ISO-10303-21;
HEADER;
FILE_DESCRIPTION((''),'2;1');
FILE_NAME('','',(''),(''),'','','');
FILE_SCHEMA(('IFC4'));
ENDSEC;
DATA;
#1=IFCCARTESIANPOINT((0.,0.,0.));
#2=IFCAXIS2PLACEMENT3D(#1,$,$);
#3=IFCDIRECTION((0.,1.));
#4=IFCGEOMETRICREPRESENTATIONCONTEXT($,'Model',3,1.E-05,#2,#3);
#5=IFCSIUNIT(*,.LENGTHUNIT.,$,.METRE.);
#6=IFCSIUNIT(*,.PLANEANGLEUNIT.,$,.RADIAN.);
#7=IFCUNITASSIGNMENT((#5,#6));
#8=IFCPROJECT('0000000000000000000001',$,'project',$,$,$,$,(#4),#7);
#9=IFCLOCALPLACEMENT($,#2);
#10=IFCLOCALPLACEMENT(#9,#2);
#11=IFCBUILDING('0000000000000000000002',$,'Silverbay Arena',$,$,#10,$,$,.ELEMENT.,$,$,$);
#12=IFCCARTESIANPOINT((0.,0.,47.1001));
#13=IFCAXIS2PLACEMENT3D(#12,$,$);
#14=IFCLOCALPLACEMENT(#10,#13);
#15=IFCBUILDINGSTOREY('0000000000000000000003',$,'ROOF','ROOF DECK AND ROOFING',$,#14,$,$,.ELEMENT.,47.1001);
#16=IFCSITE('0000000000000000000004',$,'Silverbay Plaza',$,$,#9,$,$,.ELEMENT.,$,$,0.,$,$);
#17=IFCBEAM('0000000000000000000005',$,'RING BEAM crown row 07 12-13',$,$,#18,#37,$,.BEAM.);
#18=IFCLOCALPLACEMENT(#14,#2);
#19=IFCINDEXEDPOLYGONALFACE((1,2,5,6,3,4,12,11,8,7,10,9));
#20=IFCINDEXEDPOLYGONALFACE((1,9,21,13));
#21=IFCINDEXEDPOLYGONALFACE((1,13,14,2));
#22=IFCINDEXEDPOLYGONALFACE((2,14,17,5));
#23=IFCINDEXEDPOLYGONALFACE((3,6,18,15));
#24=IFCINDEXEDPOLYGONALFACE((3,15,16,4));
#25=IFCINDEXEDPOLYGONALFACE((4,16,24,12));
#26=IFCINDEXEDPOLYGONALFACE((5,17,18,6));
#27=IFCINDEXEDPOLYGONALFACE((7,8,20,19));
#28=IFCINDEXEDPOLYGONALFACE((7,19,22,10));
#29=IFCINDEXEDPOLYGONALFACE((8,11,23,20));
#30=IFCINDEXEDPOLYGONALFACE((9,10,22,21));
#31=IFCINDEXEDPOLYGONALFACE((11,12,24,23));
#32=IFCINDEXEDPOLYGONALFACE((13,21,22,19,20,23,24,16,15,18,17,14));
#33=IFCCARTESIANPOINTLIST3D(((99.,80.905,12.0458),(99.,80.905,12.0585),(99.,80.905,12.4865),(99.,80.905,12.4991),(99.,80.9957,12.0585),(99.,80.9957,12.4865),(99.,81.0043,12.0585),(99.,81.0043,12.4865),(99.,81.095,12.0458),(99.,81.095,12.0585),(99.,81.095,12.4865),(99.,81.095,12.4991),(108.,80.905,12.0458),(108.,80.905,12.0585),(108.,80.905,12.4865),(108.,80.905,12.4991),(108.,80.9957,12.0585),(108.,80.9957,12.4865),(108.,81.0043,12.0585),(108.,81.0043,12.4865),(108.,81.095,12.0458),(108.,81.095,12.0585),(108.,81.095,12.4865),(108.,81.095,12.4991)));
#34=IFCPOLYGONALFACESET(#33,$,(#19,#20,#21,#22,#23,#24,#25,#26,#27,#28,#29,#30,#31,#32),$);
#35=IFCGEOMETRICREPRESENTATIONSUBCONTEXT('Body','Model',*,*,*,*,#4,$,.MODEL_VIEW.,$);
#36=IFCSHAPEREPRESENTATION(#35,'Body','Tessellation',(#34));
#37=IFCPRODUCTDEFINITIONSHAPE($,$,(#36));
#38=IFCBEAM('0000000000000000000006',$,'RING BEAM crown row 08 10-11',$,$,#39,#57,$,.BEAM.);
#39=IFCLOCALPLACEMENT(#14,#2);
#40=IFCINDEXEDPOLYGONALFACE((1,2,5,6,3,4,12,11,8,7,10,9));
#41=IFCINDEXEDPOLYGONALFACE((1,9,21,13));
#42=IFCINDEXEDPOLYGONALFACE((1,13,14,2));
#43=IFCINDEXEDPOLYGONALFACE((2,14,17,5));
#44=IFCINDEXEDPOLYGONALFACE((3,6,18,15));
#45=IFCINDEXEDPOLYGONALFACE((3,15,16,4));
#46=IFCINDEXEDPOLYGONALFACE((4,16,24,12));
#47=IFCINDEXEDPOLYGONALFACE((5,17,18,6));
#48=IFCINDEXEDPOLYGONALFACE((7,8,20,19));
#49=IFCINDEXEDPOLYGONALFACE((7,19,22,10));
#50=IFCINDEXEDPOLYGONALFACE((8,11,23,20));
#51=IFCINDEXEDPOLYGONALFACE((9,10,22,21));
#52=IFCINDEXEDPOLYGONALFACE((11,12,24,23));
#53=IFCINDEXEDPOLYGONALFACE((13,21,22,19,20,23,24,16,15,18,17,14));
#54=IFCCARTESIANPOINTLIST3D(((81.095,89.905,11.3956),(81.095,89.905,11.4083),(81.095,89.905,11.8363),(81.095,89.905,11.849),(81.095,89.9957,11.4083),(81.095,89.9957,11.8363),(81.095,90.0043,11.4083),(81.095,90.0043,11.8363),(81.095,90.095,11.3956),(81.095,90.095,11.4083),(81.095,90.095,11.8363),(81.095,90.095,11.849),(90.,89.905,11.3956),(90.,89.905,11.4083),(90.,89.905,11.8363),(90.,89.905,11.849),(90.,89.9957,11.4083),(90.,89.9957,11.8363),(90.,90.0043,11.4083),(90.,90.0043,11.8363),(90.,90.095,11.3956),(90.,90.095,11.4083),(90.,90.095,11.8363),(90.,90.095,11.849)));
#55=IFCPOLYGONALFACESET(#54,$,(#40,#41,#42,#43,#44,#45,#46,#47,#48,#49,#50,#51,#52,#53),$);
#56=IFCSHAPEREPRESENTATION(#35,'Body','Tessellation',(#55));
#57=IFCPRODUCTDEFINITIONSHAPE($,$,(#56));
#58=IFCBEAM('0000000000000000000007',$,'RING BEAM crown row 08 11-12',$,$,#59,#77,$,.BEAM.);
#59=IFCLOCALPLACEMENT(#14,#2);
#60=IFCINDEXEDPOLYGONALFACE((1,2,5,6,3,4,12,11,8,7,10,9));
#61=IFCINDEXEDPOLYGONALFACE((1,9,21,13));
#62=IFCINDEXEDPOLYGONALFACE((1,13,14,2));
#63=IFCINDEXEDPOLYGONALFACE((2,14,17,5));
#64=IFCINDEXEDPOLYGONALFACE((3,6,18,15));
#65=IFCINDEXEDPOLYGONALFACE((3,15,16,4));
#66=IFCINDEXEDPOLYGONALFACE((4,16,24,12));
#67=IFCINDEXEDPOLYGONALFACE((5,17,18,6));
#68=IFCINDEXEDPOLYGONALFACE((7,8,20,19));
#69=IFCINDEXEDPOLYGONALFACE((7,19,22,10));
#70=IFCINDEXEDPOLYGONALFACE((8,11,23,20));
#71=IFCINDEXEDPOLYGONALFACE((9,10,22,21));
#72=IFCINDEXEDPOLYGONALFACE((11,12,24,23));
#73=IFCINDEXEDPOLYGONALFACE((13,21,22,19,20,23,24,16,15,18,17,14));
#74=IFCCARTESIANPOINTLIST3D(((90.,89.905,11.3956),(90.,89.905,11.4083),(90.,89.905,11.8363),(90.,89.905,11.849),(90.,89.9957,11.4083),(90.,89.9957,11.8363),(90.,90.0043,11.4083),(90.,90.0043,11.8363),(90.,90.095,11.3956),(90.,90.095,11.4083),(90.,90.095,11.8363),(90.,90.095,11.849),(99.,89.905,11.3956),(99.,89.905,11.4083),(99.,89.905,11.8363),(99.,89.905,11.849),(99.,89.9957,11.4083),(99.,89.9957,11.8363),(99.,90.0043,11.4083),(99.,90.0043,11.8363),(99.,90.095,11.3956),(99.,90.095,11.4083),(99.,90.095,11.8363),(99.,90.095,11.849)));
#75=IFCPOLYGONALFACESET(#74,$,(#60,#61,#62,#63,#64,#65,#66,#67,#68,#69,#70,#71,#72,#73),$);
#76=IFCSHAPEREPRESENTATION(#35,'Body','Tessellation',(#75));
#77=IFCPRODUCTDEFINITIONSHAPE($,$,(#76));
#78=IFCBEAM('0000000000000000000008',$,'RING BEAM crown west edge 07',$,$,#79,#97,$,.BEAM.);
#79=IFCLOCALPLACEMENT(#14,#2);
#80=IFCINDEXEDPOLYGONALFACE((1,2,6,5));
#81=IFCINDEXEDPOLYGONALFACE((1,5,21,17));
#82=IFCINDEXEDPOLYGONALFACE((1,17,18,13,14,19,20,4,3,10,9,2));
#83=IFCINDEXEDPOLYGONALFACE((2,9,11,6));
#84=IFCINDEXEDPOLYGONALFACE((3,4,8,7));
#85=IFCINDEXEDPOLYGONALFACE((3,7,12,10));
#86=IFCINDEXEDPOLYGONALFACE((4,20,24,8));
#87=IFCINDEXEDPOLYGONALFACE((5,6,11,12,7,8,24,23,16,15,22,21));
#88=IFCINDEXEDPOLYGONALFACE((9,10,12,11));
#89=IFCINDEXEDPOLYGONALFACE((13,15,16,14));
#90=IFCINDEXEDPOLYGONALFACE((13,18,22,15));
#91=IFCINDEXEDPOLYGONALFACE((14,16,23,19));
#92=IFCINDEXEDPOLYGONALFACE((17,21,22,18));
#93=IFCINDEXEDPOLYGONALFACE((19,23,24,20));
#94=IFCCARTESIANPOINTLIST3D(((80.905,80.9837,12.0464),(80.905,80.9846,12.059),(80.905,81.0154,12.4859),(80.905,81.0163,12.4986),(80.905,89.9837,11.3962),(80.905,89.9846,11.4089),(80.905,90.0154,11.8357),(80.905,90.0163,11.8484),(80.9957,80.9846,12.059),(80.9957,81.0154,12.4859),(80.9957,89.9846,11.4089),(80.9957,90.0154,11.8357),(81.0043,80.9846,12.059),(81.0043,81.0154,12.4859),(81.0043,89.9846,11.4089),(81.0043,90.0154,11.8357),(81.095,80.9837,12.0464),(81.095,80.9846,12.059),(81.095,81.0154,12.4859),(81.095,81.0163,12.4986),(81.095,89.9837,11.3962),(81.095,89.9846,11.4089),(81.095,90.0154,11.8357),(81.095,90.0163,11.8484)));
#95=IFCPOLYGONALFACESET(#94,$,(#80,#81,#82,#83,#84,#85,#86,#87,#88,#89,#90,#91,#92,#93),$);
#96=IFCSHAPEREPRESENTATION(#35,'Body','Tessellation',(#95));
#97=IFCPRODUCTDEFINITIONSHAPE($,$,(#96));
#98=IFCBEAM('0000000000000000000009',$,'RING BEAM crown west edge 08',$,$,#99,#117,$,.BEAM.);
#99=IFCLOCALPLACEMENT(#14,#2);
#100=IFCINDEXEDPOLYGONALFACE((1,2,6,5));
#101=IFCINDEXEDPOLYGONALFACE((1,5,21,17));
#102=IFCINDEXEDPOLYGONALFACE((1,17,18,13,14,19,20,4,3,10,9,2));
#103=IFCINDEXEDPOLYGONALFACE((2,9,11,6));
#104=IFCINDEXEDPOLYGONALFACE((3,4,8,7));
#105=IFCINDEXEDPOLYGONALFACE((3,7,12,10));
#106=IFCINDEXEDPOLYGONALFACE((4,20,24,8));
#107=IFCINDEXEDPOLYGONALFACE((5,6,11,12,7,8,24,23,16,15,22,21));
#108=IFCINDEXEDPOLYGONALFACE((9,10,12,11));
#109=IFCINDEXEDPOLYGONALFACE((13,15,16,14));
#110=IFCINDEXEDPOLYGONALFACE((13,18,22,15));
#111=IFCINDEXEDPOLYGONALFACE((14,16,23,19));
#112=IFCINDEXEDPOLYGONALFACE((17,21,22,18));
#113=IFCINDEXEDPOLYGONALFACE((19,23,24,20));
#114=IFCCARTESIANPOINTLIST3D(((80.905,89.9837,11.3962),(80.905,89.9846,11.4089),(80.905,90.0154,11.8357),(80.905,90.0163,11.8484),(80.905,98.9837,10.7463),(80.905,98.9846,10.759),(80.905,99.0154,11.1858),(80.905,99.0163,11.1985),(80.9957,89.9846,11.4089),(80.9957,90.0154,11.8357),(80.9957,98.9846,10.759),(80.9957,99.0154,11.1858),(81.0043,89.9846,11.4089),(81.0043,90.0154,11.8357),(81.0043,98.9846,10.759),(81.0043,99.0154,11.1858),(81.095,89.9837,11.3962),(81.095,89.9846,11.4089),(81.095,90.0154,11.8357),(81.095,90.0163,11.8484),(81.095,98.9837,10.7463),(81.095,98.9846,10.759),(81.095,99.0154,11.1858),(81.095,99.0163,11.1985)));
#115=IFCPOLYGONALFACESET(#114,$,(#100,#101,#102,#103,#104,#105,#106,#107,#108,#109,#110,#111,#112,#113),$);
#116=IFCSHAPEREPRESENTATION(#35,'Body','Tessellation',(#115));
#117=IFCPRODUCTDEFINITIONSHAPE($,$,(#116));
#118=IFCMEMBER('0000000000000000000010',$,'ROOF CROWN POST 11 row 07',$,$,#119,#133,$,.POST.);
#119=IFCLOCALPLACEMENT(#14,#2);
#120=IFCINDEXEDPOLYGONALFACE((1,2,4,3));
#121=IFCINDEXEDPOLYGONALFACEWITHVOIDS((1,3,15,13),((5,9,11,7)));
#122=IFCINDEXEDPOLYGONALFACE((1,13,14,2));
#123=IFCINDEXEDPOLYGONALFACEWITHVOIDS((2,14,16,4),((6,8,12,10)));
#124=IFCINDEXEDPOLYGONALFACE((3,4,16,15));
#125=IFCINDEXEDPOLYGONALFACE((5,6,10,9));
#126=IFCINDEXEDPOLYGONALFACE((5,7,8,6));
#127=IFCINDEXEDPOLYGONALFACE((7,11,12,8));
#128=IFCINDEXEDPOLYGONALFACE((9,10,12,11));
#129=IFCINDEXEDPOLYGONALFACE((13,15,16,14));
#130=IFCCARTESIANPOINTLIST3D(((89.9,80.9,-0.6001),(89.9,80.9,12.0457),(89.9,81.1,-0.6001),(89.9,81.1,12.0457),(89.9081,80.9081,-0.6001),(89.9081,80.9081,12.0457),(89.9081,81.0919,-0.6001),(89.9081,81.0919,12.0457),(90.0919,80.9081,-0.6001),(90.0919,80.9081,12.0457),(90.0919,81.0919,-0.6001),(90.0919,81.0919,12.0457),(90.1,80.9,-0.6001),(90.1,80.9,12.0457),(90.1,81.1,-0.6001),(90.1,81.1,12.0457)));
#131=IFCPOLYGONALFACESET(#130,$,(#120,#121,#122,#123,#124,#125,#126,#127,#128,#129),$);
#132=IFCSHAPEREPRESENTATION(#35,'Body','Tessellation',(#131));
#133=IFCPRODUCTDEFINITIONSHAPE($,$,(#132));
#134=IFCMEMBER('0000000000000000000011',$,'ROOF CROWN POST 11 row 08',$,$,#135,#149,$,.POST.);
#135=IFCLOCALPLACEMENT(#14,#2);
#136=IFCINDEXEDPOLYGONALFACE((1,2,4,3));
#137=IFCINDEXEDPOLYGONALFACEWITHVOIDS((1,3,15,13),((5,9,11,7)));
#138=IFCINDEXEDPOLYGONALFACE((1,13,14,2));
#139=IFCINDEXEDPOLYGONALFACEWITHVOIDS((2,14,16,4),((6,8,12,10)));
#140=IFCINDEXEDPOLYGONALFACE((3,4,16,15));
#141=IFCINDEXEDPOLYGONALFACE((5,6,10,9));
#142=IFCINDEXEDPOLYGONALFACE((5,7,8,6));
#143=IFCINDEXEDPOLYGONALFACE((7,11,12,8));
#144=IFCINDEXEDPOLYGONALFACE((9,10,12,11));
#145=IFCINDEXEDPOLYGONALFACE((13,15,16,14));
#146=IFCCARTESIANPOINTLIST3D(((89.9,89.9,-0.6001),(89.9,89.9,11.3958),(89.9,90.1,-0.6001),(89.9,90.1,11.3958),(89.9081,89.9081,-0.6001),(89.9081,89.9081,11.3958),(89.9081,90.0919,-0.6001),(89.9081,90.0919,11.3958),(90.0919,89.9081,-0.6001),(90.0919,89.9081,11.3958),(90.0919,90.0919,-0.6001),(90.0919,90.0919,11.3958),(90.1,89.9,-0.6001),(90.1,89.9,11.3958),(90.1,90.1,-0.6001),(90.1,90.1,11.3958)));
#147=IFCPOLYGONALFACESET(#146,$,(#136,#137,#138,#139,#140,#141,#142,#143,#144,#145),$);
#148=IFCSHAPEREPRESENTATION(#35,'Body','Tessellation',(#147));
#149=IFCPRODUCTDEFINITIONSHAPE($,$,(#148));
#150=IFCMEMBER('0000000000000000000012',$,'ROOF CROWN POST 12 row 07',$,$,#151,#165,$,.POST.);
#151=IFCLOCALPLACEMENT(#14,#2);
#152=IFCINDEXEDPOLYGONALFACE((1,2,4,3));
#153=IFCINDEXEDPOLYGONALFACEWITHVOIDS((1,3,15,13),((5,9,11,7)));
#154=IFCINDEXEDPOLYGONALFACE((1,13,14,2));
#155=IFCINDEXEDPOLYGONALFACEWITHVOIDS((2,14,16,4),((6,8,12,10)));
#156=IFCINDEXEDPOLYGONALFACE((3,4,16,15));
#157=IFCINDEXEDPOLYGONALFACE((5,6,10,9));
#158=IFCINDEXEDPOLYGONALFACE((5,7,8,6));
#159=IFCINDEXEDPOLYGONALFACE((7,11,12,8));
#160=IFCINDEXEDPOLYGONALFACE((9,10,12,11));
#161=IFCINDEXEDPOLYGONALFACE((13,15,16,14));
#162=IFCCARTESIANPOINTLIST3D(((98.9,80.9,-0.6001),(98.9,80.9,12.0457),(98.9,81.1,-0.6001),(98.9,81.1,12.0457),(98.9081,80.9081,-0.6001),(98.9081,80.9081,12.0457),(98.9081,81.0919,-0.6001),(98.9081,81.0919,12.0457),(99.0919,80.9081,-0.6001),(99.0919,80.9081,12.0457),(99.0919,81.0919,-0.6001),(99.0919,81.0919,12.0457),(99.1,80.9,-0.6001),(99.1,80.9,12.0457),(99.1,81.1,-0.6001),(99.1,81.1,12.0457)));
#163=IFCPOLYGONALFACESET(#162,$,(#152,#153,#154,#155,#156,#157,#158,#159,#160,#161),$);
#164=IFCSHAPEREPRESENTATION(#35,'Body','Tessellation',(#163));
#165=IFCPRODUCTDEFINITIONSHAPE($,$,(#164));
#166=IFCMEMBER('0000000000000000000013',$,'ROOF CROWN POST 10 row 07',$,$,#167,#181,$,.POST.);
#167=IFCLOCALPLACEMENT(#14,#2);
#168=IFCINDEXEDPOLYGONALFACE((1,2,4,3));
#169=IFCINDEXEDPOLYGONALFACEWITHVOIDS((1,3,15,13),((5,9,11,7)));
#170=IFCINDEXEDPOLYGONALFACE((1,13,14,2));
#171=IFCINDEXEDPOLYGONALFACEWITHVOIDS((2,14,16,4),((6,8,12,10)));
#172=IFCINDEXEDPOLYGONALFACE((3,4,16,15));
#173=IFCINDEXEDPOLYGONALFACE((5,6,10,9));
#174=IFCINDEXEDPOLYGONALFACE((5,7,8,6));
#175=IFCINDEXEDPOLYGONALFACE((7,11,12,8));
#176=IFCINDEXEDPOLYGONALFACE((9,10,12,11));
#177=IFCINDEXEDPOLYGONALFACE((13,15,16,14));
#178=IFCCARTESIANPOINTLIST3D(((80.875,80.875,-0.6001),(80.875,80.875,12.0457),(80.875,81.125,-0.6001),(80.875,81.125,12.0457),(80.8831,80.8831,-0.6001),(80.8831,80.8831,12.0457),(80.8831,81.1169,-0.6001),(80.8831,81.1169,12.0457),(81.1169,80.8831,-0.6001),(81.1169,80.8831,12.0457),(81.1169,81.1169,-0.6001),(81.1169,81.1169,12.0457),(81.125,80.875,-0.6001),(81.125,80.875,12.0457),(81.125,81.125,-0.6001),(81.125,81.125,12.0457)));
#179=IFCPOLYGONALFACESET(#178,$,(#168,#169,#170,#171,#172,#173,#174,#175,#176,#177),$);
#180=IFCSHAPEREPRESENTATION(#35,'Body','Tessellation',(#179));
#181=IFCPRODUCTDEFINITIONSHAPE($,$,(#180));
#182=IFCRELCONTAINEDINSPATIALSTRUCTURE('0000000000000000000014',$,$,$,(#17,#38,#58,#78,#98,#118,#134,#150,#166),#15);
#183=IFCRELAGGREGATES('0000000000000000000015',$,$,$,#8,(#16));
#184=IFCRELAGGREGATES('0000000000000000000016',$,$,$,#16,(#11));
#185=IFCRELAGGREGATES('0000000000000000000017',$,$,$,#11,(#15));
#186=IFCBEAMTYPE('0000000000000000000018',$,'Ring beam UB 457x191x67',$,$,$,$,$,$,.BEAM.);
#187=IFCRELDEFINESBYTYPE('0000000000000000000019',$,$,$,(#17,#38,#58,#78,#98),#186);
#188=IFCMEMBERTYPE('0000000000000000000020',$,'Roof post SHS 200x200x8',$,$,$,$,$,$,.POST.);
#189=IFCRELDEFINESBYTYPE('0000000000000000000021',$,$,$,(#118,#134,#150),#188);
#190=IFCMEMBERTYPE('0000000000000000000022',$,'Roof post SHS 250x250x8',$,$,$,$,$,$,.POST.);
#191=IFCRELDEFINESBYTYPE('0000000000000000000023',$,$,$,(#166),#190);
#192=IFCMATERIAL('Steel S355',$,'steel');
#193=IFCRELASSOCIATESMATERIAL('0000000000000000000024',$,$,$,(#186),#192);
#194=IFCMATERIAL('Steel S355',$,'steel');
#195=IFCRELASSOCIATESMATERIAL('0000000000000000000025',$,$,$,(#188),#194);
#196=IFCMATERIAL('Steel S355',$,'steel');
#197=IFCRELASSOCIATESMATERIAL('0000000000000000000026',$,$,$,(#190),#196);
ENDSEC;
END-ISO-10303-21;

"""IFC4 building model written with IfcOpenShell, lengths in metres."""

from ifc_helpers import new_model, si_unit, direction, frame, origin, origin_2d, place, context, subcontext, project, spatial, hollow_rectangle, i_section, extrude, material, material_profile, profile_set, type_object, element, save


model = new_model("IFC4")

# Units and contexts
model_context = context("Model", 3, precision=1e-05, world=origin(), true_north=direction((0.0, 1.0)))
body_context = subcontext(model_context, "Body", "Model", "MODEL_VIEW")
ifc_project = project(units=[si_unit("LENGTHUNIT", "METRE"), si_unit("PLANEANGLEUNIT", "RADIAN")], contexts=[model_context])

# Site, building, storey
site_placement = place(None, origin())
site = spatial("IfcSite", under=ifc_project, at=site_placement, Name="Silverbay Plaza", CompositionType="ELEMENT", RefElevation=0.0)
building_placement = place(site_placement, origin())
building = spatial("IfcBuilding", under=site, at=building_placement, Name="Silverbay Arena", CompositionType="ELEMENT")
storey_placement = place(building_placement, frame((0.0, 0.0, 47.1001)))
storey = spatial("IfcBuildingStorey", under=building, at=storey_placement, Name="ROOF", Description="ROOF DECK AND ROOFING", CompositionType="ELEMENT", Elevation=47.1001)

# Beams
ifc_material_1 = material(Name="Steel S355", Category="steel")
ifc_material_profile_1 = material_profile(ifc_material_1, i_section(OverallWidth=0.1899, OverallDepth=0.4534, WebThickness=0.0085, FlangeThickness=0.0127, at=origin_2d()), Name="UB 457x191x67")
ifc_profile_set_1 = profile_set([ifc_material_profile_1], Name="Steel S355")
beam_type = type_object("IfcBeamType", Name="Ring beam UB 457x191x67", PredefinedType="BEAM", material=ifc_profile_set_1)
for number, where, z_axis, x_axis, name in (
    (1, (99.0, 81.0, 12.2725), (1.0, 0.0, 0.0), (0.0, 1.0, 0.0), "RING BEAM crown row 07 12-13"),
):
    element("IfcBeam", number, at=place(storey_placement, frame(where, z_axis=z_axis, x_axis=x_axis)), inside=storey, type_object=beam_type, Name=name, PredefinedType="BEAM", context=body_context, shape_type="SweptSolid", body=[
        extrude(i_section(OverallWidth=0.1899, OverallDepth=0.4534, WebThickness=0.0085, FlangeThickness=0.0127, at=origin_2d()), origin(), (0.0, 0.0, 1.0), 9.0),
    ])
beam_1_placement = place(storey_placement, frame((81.095, 90.0, 11.6223), z_axis=(1.0, 0.0, 0.0), x_axis=(0.0, 1.0, 0.0)))
element("IfcBeam", 2, at=beam_1_placement, inside=storey, type_object=beam_type, Name="RING BEAM crown row 08 10-11", PredefinedType="BEAM", context=body_context, shape_type="SweptSolid", body=[
    extrude(i_section(OverallWidth=0.1899, OverallDepth=0.4534, WebThickness=0.0085, FlangeThickness=0.0127, at=origin_2d()), origin(), (0.0, 0.0, 1.0), 8.905),
])
beam_2_placement = place(storey_placement, frame((90.0, 90.0, 11.6223), z_axis=(1.0, 0.0, 0.0), x_axis=(0.0, 1.0, 0.0)))
element("IfcBeam", 3, at=beam_2_placement, inside=storey, type_object=beam_type, Name="RING BEAM crown row 08 11-12", PredefinedType="BEAM", context=body_context, shape_type="SweptSolid", body=[
    extrude(i_section(OverallWidth=0.1899, OverallDepth=0.4534, WebThickness=0.0085, FlangeThickness=0.0127, at=origin_2d()), origin(), (0.0, 0.0, 1.0), 9.0),
])
for number, where, z_axis, x_axis, name in (
    (4, (81.0, 81.0, 12.2725), (0.0, 0.997401, -0.072051), (-1.0, 0.0, 0.0), "RING BEAM crown west edge 07"),
    (5, (81.0, 90.0, 11.6223), (0.0, 0.997403, -0.072024), (-1.0, 0.0, 0.0), "RING BEAM crown west edge 08"),
):
    element("IfcBeam", number, at=place(storey_placement, frame(where, z_axis=z_axis, x_axis=x_axis)), inside=storey, type_object=beam_type, Name=name, PredefinedType="BEAM", context=body_context, shape_type="SweptSolid", body=[
        extrude(i_section(OverallWidth=0.1899, OverallDepth=0.4534, WebThickness=0.0085, FlangeThickness=0.0127, at=origin_2d()), origin(), (0.0, 0.0, 1.0), 9.0234),
    ])

# Members
ifc_material_2 = material(Name="Steel S355", Category="steel")
ifc_material_profile_2 = material_profile(ifc_material_2, hollow_rectangle(XDim=0.2, YDim=0.2, WallThickness=0.0081, at=origin_2d()), Name="SHS 200x200x8")
ifc_profile_set_2 = profile_set([ifc_material_profile_2], Name="Steel S355")
member_type_1 = type_object("IfcMemberType", Name="Roof post SHS 200x200x8", PredefinedType="POST", material=ifc_profile_set_2)
member_1_placement = place(storey_placement, frame((90.0, 81.0, -0.6001), z_axis=(0.0, 0.0, 1.0), x_axis=(1.0, 0.0, 0.0)))
element("IfcMember", 6, at=member_1_placement, inside=storey, type_object=member_type_1, Name="ROOF CROWN POST 11 row 07", PredefinedType="POST", context=body_context, shape_type="SweptSolid", body=[
    extrude(hollow_rectangle(XDim=0.2, YDim=0.2, WallThickness=0.0081, at=origin_2d()), origin(), (0.0, 0.0, 1.0), 12.6458),
])
member_2_placement = place(storey_placement, frame((90.0, 90.0, -0.6001), z_axis=(0.0, 0.0, 1.0), x_axis=(1.0, 0.0, 0.0)))
element("IfcMember", 7, at=member_2_placement, inside=storey, type_object=member_type_1, Name="ROOF CROWN POST 11 row 08", PredefinedType="POST", context=body_context, shape_type="SweptSolid", body=[
    extrude(hollow_rectangle(XDim=0.2, YDim=0.2, WallThickness=0.0081, at=origin_2d()), origin(), (0.0, 0.0, 1.0), 11.9958),
])
member_3_placement = place(storey_placement, frame((99.0, 81.0, -0.6001), z_axis=(0.0, 0.0, 1.0), x_axis=(1.0, 0.0, 0.0)))
element("IfcMember", 8, at=member_3_placement, inside=storey, type_object=member_type_1, Name="ROOF CROWN POST 12 row 07", PredefinedType="POST", context=body_context, shape_type="SweptSolid", body=[
    extrude(hollow_rectangle(XDim=0.2, YDim=0.2, WallThickness=0.0081, at=origin_2d()), origin(), (0.0, 0.0, 1.0), 12.6458),
])
ifc_material_3 = material(Name="Steel S355", Category="steel")
ifc_material_profile_3 = material_profile(ifc_material_3, hollow_rectangle(XDim=0.25, YDim=0.25, WallThickness=0.0081, at=origin_2d()), Name="SHS 250x250x8")
ifc_profile_set_3 = profile_set([ifc_material_profile_3], Name="Steel S355")
member_type_2 = type_object("IfcMemberType", Name="Roof post SHS 250x250x8", PredefinedType="POST", material=ifc_profile_set_3)
member_4_placement = place(storey_placement, frame((81.0, 81.0, -0.6001), z_axis=(0.0, 0.0, 1.0), x_axis=(1.0, 0.0, 0.0)))
element("IfcMember", 9, at=member_4_placement, inside=storey, type_object=member_type_2, Name="ROOF CROWN POST 10 row 07", PredefinedType="POST", context=body_context, shape_type="SweptSolid", body=[
    extrude(hollow_rectangle(XDim=0.25, YDim=0.25, WallThickness=0.0081, at=origin_2d()), origin(), (0.0, 0.0, 1.0), 12.6458),
])

save(model, "model.ifc")
